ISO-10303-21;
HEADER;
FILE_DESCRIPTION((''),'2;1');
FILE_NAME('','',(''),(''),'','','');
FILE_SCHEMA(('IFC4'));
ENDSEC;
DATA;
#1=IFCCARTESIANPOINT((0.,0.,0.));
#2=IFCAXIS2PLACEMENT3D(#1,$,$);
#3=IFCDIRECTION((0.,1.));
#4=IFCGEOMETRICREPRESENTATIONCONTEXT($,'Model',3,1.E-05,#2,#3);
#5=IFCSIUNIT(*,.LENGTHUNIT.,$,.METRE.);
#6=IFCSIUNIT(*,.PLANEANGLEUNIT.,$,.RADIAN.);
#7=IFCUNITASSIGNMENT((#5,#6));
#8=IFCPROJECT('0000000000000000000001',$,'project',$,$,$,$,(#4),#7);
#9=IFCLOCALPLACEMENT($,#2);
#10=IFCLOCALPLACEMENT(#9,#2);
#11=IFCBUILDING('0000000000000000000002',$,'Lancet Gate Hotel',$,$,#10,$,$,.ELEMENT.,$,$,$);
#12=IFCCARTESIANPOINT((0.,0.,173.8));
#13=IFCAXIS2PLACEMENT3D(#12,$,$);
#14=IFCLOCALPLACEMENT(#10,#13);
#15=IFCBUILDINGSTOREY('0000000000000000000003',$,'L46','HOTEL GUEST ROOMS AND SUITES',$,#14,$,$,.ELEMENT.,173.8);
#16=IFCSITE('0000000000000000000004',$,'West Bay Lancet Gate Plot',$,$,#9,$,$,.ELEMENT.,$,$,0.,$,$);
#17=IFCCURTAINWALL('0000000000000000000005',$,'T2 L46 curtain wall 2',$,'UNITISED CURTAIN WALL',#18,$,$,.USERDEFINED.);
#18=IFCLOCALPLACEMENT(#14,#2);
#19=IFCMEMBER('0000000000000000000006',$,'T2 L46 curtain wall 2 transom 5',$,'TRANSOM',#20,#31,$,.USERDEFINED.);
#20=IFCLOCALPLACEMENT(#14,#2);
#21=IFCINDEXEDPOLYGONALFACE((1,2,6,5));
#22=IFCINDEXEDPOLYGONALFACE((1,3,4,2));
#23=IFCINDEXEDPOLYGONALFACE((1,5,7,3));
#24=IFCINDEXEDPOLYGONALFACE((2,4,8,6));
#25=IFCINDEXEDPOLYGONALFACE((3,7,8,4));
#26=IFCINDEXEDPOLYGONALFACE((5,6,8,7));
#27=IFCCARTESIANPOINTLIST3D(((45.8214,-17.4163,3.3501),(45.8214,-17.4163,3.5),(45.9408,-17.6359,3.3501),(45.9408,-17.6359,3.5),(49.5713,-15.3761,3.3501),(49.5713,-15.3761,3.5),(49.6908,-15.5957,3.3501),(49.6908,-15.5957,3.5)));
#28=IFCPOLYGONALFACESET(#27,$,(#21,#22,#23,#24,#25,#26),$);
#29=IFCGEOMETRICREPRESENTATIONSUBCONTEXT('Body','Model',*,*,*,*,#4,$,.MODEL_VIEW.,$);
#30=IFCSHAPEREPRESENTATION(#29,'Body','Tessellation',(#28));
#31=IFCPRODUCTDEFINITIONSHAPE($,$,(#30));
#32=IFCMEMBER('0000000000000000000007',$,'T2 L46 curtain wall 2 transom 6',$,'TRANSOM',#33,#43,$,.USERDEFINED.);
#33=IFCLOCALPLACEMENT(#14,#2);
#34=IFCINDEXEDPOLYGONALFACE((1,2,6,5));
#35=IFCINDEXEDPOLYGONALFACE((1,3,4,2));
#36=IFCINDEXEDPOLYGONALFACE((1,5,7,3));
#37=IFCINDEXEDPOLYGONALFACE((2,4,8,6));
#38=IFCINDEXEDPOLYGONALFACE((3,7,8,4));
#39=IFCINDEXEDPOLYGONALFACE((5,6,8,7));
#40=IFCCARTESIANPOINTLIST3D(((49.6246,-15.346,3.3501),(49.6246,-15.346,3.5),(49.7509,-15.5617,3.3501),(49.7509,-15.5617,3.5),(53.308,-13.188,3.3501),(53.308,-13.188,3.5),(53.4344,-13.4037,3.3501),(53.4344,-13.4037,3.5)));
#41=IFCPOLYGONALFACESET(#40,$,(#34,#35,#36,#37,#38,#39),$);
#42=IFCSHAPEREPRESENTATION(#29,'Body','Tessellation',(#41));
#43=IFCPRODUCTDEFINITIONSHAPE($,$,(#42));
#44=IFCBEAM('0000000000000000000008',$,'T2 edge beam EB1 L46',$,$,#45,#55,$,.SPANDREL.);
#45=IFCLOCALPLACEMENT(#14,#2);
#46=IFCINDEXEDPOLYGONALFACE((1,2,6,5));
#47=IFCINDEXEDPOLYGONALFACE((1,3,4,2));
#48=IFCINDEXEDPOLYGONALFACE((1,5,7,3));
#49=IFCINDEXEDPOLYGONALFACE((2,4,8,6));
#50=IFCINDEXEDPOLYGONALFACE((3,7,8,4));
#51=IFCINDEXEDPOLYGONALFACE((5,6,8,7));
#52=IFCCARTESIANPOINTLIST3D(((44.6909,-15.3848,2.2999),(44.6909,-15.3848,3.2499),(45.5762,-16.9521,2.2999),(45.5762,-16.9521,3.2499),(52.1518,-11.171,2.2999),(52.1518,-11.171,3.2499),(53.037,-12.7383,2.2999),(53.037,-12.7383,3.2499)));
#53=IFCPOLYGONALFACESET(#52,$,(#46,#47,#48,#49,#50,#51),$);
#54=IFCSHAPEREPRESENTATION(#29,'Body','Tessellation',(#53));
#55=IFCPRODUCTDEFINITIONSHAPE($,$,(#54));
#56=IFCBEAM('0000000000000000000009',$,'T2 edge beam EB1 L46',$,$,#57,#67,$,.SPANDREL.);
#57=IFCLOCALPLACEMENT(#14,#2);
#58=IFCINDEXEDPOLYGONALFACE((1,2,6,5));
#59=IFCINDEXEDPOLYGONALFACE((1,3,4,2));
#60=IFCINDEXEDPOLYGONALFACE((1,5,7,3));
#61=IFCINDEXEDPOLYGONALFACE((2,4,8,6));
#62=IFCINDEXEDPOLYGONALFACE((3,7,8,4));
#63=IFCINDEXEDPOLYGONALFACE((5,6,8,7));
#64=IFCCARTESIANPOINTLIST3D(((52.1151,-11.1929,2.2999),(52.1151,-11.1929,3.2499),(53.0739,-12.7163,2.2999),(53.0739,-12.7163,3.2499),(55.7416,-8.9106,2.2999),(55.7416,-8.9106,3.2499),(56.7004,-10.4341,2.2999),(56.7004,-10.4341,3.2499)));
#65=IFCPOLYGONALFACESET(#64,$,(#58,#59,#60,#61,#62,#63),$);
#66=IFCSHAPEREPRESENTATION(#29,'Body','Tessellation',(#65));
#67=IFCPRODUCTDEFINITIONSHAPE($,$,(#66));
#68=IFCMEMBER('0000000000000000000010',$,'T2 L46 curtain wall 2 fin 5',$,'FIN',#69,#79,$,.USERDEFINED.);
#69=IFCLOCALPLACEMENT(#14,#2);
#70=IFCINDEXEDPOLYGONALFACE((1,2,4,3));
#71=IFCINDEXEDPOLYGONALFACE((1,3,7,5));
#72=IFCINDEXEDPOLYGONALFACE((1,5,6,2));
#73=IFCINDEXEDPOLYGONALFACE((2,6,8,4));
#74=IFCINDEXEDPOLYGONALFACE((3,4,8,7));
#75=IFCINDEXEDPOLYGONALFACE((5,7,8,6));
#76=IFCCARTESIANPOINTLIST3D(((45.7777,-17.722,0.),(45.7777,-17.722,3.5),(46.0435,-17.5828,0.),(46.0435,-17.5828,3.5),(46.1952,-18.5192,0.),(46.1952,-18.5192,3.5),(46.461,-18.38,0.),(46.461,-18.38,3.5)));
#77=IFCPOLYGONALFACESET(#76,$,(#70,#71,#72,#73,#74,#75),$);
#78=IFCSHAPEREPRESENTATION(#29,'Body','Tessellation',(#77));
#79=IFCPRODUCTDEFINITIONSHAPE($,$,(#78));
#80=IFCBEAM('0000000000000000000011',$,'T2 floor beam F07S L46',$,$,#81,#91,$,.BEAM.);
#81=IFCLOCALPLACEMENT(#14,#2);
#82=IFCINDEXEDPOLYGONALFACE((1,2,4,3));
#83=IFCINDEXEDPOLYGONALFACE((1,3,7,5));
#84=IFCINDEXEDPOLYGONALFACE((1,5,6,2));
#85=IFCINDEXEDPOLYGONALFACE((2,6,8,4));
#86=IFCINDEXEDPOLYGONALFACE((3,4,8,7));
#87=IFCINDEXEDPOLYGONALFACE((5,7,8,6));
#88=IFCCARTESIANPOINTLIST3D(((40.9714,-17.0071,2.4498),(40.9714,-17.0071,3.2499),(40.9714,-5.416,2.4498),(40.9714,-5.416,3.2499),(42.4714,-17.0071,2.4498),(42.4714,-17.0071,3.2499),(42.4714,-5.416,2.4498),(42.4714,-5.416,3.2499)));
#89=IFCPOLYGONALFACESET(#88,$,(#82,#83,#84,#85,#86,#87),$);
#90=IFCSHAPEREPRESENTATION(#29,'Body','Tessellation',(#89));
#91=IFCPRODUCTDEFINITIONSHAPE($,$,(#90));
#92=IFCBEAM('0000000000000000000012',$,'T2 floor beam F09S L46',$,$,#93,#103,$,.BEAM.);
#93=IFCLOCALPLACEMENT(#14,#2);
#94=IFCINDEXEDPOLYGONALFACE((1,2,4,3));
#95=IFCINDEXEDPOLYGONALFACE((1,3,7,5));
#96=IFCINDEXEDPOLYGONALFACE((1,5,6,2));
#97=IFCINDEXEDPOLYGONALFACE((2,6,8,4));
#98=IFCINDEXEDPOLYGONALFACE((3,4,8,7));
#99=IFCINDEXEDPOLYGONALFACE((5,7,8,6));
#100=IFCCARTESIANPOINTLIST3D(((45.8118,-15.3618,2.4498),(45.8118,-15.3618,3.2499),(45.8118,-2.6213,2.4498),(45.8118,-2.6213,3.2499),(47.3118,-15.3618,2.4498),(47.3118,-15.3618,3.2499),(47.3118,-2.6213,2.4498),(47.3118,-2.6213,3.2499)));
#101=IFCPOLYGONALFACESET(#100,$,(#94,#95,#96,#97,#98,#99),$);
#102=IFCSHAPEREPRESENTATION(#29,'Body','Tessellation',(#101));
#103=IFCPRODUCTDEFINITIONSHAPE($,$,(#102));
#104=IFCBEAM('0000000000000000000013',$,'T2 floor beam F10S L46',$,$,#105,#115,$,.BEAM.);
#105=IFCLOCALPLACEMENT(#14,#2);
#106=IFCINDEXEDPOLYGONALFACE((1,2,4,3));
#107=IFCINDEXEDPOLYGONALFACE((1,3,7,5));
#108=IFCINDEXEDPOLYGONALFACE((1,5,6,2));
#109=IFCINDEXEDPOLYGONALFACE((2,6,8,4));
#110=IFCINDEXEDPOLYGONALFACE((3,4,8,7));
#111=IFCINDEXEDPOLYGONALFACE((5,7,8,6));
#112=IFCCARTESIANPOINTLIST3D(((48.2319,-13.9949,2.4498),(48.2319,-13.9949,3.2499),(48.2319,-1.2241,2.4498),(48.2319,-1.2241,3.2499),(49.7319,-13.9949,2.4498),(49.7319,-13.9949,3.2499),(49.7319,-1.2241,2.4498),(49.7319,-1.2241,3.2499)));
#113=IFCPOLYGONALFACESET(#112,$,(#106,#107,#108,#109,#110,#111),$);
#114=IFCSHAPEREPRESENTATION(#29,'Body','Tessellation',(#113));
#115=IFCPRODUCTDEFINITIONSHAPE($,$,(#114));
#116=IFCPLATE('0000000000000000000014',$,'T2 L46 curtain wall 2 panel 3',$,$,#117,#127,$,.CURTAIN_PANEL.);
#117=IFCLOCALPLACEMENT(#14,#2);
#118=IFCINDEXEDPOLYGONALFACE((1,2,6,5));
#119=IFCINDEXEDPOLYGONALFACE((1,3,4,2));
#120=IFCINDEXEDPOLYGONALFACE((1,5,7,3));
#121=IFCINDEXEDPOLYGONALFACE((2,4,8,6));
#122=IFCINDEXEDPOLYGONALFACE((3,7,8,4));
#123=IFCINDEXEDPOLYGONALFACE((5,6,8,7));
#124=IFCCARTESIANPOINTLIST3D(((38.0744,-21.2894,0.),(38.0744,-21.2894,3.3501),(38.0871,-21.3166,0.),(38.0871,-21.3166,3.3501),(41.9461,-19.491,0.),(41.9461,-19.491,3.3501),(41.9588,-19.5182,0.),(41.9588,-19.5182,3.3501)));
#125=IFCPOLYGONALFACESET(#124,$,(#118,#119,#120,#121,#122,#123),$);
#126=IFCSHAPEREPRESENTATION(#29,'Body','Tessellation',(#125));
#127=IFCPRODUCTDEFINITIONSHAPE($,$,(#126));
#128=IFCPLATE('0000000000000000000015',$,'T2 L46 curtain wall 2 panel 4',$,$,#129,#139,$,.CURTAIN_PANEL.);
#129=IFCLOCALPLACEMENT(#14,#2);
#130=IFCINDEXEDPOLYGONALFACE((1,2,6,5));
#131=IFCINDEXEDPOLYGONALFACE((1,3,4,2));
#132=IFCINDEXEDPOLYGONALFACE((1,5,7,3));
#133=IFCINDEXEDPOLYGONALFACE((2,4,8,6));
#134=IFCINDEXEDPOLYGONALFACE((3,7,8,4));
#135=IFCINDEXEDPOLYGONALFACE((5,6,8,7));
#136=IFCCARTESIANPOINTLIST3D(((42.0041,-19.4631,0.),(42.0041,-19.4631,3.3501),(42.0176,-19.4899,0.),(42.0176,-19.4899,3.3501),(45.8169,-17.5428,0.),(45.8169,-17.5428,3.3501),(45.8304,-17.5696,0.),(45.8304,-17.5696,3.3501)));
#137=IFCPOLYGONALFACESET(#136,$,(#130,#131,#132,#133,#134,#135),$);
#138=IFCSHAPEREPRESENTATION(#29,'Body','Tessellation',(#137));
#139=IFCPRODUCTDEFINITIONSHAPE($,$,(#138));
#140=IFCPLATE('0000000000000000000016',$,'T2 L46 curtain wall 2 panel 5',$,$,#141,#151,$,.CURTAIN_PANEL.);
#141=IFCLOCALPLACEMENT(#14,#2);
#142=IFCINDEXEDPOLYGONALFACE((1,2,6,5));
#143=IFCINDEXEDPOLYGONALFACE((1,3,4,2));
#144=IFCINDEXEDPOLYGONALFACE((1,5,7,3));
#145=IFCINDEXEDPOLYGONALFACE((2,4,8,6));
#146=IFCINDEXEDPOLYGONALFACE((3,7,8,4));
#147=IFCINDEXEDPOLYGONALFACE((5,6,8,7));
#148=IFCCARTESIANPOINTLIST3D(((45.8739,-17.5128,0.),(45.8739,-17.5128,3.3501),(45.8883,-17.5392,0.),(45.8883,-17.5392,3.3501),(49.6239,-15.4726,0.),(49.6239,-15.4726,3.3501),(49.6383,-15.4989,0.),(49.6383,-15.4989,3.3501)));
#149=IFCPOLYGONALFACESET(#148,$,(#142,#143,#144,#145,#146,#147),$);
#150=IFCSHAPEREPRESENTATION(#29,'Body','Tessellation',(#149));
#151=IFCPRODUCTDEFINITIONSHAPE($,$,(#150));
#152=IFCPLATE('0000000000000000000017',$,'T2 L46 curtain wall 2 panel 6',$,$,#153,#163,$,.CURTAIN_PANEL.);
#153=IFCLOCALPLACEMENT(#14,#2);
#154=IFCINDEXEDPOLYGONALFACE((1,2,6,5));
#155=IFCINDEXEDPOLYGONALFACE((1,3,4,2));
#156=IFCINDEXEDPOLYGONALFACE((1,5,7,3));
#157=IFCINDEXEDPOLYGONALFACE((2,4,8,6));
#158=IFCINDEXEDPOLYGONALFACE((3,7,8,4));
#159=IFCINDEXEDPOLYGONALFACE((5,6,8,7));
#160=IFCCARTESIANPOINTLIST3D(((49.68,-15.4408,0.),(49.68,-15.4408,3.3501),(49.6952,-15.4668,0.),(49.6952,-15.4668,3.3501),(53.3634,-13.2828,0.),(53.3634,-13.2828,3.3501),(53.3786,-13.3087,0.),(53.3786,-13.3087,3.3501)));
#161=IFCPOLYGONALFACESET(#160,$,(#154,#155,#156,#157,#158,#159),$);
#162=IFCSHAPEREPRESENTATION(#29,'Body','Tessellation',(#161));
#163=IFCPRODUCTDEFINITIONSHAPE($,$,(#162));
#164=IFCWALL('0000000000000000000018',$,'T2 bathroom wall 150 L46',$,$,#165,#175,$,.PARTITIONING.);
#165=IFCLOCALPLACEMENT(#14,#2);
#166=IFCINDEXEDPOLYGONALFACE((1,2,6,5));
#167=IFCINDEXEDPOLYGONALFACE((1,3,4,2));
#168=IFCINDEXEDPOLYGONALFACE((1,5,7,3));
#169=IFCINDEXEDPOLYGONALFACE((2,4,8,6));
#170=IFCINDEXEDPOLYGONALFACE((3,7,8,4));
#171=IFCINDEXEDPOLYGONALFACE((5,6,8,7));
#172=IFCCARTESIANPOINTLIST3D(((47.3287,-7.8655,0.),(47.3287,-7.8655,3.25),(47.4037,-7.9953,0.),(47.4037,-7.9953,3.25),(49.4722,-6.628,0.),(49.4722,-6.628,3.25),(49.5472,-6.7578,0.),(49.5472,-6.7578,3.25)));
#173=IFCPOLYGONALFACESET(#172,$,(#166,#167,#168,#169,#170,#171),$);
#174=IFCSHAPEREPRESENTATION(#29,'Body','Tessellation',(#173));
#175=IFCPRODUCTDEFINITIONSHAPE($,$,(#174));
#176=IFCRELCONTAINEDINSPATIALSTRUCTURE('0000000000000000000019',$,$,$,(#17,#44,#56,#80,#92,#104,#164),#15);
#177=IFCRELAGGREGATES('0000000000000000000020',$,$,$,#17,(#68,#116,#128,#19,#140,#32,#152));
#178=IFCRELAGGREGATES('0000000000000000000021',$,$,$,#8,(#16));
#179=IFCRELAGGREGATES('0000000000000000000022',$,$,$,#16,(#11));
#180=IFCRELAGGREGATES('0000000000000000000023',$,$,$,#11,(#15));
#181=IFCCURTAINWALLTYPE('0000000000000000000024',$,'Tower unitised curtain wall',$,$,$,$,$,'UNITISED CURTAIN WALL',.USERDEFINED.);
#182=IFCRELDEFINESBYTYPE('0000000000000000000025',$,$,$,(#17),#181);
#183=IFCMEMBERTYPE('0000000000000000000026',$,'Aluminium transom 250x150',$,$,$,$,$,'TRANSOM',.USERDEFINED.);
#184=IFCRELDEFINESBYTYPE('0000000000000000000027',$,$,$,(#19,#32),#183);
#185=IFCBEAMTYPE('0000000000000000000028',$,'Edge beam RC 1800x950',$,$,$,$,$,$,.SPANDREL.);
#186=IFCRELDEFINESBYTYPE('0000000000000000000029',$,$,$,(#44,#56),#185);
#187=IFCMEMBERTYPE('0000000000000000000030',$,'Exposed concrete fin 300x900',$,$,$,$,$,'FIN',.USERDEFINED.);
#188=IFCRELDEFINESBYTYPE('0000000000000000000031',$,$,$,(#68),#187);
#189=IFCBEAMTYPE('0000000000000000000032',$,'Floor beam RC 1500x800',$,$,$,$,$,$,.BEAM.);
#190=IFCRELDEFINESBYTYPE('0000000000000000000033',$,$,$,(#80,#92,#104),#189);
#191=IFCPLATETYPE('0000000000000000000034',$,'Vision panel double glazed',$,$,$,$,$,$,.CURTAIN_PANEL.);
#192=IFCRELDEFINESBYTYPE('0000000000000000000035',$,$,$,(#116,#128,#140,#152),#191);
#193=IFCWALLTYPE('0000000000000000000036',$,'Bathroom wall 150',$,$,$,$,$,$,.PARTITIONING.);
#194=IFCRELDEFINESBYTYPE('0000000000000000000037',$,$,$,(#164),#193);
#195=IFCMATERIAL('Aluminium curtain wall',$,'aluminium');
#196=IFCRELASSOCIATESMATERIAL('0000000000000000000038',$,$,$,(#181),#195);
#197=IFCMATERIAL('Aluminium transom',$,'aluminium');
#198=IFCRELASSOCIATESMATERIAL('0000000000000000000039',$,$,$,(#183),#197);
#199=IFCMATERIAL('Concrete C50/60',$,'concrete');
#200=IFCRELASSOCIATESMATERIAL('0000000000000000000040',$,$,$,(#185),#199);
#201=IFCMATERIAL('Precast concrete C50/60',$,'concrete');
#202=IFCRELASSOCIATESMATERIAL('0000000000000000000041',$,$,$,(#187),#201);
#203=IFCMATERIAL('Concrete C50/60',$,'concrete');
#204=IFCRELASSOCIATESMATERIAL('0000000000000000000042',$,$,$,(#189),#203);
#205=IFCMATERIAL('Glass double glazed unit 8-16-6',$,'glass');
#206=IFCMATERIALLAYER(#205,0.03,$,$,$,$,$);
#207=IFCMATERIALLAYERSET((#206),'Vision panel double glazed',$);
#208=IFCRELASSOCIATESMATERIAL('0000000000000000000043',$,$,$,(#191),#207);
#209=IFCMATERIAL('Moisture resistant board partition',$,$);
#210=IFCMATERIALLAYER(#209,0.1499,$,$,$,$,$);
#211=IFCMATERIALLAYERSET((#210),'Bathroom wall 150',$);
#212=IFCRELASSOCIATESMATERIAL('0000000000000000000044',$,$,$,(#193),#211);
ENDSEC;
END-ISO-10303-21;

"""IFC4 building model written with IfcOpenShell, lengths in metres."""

from ifc_helpers import new_model, si_unit, direction, frame, frame_2d, origin, origin_2d, place, context, subcontext, project, spatial, rectangle, extrude, material, layer, layer_set, material_profile, profile_set, type_object, element, aggregate, save


model = new_model("IFC4")

# Units and contexts
model_context = context("Model", 3, precision=1e-05, world=origin(), true_north=direction((0.0, 1.0)))
body_context = subcontext(model_context, "Body", "Model", "MODEL_VIEW")
ifc_project = project(units=[si_unit("LENGTHUNIT", "METRE"), si_unit("PLANEANGLEUNIT", "RADIAN")], contexts=[model_context])

# Site, building, storey
site_placement = place(None, origin())
site = spatial("IfcSite", under=ifc_project, at=site_placement, Name="West Bay Lancet Gate Plot", CompositionType="ELEMENT", RefElevation=0.0)
building_placement = place(site_placement, origin())
building = spatial("IfcBuilding", under=site, at=building_placement, Name="Lancet Gate Hotel", CompositionType="ELEMENT")
storey_placement = place(building_placement, frame((0.0, 0.0, 173.8)))
storey = spatial("IfcBuildingStorey", under=building, at=storey_placement, Name="L46", Description="HOTEL GUEST ROOMS AND SUITES", CompositionType="ELEMENT", Elevation=173.8)

# Curtain wall, members
ifc_material_1 = material(Name="Aluminium curtain wall", Category="aluminium")
curtain_wall_type = type_object("IfcCurtainWallType", Name="Tower unitised curtain wall", ElementType="UNITISED CURTAIN WALL", PredefinedType="USERDEFINED", material=ifc_material_1)
curtain_wall_placement = place(storey_placement, origin())
curtain_wall = element("IfcCurtainWall", 1, at=curtain_wall_placement, inside=storey, type_object=curtain_wall_type, Name="T2 L46 curtain wall 2", ObjectType="UNITISED CURTAIN WALL", PredefinedType="USERDEFINED")
ifc_material_2 = material(Name="Aluminium transom", Category="aluminium")
ifc_material_profile_1 = material_profile(ifc_material_2, rectangle(XDim=0.25, YDim=0.1499, at=origin_2d()), Name="TRANSOM 250x150")
ifc_profile_set_1 = profile_set([ifc_material_profile_1], Name="Aluminium transom")
member_type_1 = type_object("IfcMemberType", Name="Aluminium transom 250x150", ElementType="TRANSOM", PredefinedType="USERDEFINED", material=ifc_profile_set_1)
member_1_placement = place(storey_placement, frame((45.8811, -17.5261, 3.425), z_axis=(0.878404, 0.477918, 0.0), x_axis=(-0.477918, 0.878404, 0.0)))
member_1 = element("IfcMember", 2, at=member_1_placement, type_object=member_type_1, Name="T2 L46 curtain wall 2 transom 5", ObjectType="TRANSOM", PredefinedType="USERDEFINED", context=body_context, shape_type="SweptSolid", body=[
    extrude(rectangle(XDim=0.25, YDim=0.1499, at=origin_2d()), origin(), (0.0, 0.0, 1.0), 4.269),
])
member_2_placement = place(storey_placement, frame((49.6877, -15.4539, 3.425), z_axis=(0.862825, 0.505502, 0.0), x_axis=(-0.505502, 0.862825, 0.0)))
member_2 = element("IfcMember", 3, at=member_2_placement, type_object=member_type_1, Name="T2 L46 curtain wall 2 transom 6", ObjectType="TRANSOM", PredefinedType="USERDEFINED", context=body_context, shape_type="SweptSolid", body=[
    extrude(rectangle(XDim=0.25, YDim=0.1499, at=origin_2d()), origin(), (0.0, 0.0, 1.0), 4.269),
])

# Beams
ifc_material_3 = material(Name="Concrete C50/60", Category="concrete")
ifc_material_profile_2 = material_profile(ifc_material_3, rectangle(XDim=1.8, YDim=0.95, at=origin_2d()), Name="RC 1800x950")
ifc_profile_set_2 = profile_set([ifc_material_profile_2], Name="Concrete C50/60")
beam_type_1 = type_object("IfcBeamType", Name="Edge beam RC 1800x950", PredefinedType="SPANDREL", material=ifc_profile_set_2)
beam_1_placement = place(storey_placement, frame((45.1335, -16.1685, 2.7749), z_axis=(0.870722, 0.491776, 0.0), x_axis=(-0.491776, 0.870722, 0.0)))
element("IfcBeam", 4, at=beam_1_placement, inside=storey, type_object=beam_type_1, Name="T2 edge beam EB1 L46", PredefinedType="SPANDREL", context=body_context, shape_type="SweptSolid", body=[
    extrude(rectangle(XDim=1.8, YDim=0.95, at=origin_2d()), origin(), (0.0, 0.0, 1.0), 8.5686),
])
beam_2_placement = place(storey_placement, frame((52.5945, -11.9546, 2.7749), z_axis=(0.846349, 0.532629, 0.0), x_axis=(-0.532629, 0.846349, 0.0)))
element("IfcBeam", 5, at=beam_2_placement, inside=storey, type_object=beam_type_1, Name="T2 edge beam EB1 L46", PredefinedType="SPANDREL", context=body_context, shape_type="SweptSolid", body=[
    extrude(rectangle(XDim=1.8, YDim=0.95, at=origin_2d()), origin(), (0.0, 0.0, 1.0), 4.2849),
])

# Member
ifc_material_4 = material(Name="Precast concrete C50/60", Category="concrete")
ifc_material_profile_3 = material_profile(ifc_material_4, rectangle(XDim=0.3, YDim=0.8999, at=origin_2d()), Name="FIN 300x900")
ifc_profile_set_3 = profile_set([ifc_material_profile_3], Name="Precast concrete C50/60")
member_type_2 = type_object("IfcMemberType", Name="Exposed concrete fin 300x900", ElementType="FIN", PredefinedType="USERDEFINED", material=ifc_profile_set_3)
member_3_placement = place(storey_placement, frame((46.1194, -18.051, 0.0), z_axis=(0.0, 0.0, 1.0), x_axis=(0.885877, 0.46392, 0.0)))
member_3 = element("IfcMember", 6, at=member_3_placement, type_object=member_type_2, Name="T2 L46 curtain wall 2 fin 5", ObjectType="FIN", PredefinedType="USERDEFINED", context=body_context, shape_type="SweptSolid", body=[
    extrude(rectangle(XDim=0.3, YDim=0.8999, at=origin_2d()), origin(), (0.0, 0.0, 1.0), 3.5),
])

# Beams
ifc_material_5 = material(Name="Concrete C50/60", Category="concrete")
ifc_material_profile_4 = material_profile(ifc_material_5, rectangle(XDim=1.5, YDim=0.8, at=origin_2d()), Name="RC 1500x800")
ifc_profile_set_4 = profile_set([ifc_material_profile_4], Name="Concrete C50/60")
beam_type_2 = type_object("IfcBeamType", Name="Floor beam RC 1500x800", PredefinedType="BEAM", material=ifc_profile_set_4)
beam_3_placement = place(storey_placement, frame((41.7214, -17.0071, 2.8499), z_axis=(0.0, 1.0, 0.0), x_axis=(-1.0, 0.0, 0.0)))
element("IfcBeam", 7, at=beam_3_placement, inside=storey, type_object=beam_type_2, Name="T2 floor beam F07S L46", PredefinedType="BEAM", context=body_context, shape_type="SweptSolid", body=[
    extrude(rectangle(XDim=1.5, YDim=0.8, at=origin_2d()), origin(), (0.0, 0.0, 1.0), 11.5911),
])
beam_4_placement = place(storey_placement, frame((46.5618, -15.3618, 2.8499), z_axis=(0.0, 1.0, 0.0), x_axis=(-1.0, 0.0, 0.0)))
element("IfcBeam", 8, at=beam_4_placement, inside=storey, type_object=beam_type_2, Name="T2 floor beam F09S L46", PredefinedType="BEAM", context=body_context, shape_type="SweptSolid", body=[
    extrude(rectangle(XDim=1.5, YDim=0.8, at=origin_2d()), origin(), (0.0, 0.0, 1.0), 12.7405),
])
beam_5_placement = place(storey_placement, frame((48.9819, -13.9949, 2.8499), z_axis=(0.0, 1.0, 0.0), x_axis=(-1.0, 0.0, 0.0)))
element("IfcBeam", 9, at=beam_5_placement, inside=storey, type_object=beam_type_2, Name="T2 floor beam F10S L46", PredefinedType="BEAM", context=body_context, shape_type="SweptSolid", body=[
    extrude(rectangle(XDim=1.5, YDim=0.8, at=origin_2d()), origin(), (0.0, 0.0, 1.0), 12.7708),
])

# Plates
ifc_material_6 = material(Name="Glass double glazed unit 8-16-6", Category="glass")
ifc_layer_1 = layer(ifc_material_6, 0.03)
ifc_layer_set_1 = layer_set([ifc_layer_1], Name="Vision panel double glazed")
plate_type = type_object("IfcPlateType", Name="Vision panel double glazed", PredefinedType="CURTAIN_PANEL", material=ifc_layer_set_1)
plate_1_placement = place(storey_placement, frame((40.0166, -20.4038, 0.0), z_axis=(0.0, 0.0, 1.0), x_axis=(0.906935, 0.421271, 0.0)))
plate_1 = element("IfcPlate", 10, at=plate_1_placement, type_object=plate_type, Name="T2 L46 curtain wall 2 panel 3", PredefinedType="CURTAIN_PANEL", context=body_context, shape_type="SweptSolid", body=[
    extrude(rectangle(XDim=4.269, YDim=0.03, at=origin_2d()), origin(), (0.0, 0.0, 1.0), 3.3501),
])
plate_2_placement = place(storey_placement, frame((43.9172, -18.5164, 0.0), z_axis=(0.0, 0.0, 1.0), x_axis=(0.893121, 0.449816, 0.0)))
plate_2 = element("IfcPlate", 11, at=plate_2_placement, type_object=plate_type, Name="T2 L46 curtain wall 2 panel 4", PredefinedType="CURTAIN_PANEL", context=body_context, shape_type="SweptSolid", body=[
    extrude(rectangle(XDim=4.269, YDim=0.03, at=origin_2d()), origin(), (0.0, 0.0, 1.0), 3.3501),
])
plate_3_placement = place(storey_placement, frame((47.7561, -16.5059, 0.0), z_axis=(0.0, 0.0, 1.0), x_axis=(0.87841, 0.477908, 0.0)))
plate_3 = element("IfcPlate", 12, at=plate_3_placement, type_object=plate_type, Name="T2 L46 curtain wall 2 panel 5", PredefinedType="CURTAIN_PANEL", context=body_context, shape_type="SweptSolid", body=[
    extrude(rectangle(XDim=4.269, YDim=0.03, at=origin_2d()), origin(), (0.0, 0.0, 1.0), 3.3501),
])
plate_4_placement = place(storey_placement, frame((51.5293, -14.3748, 0.0), z_axis=(0.0, 0.0, 1.0), x_axis=(0.862815, 0.50552, 0.0)))
plate_4 = element("IfcPlate", 13, at=plate_4_placement, type_object=plate_type, Name="T2 L46 curtain wall 2 panel 6", PredefinedType="CURTAIN_PANEL", context=body_context, shape_type="SweptSolid", body=[
    extrude(rectangle(XDim=4.269, YDim=0.03, at=origin_2d()), origin(), (0.0, 0.0, 1.0), 3.3501),
])
aggregate(curtain_wall, [member_3, plate_1, plate_2, member_1, plate_3, member_2, plate_4])

# Wall
ifc_material_7 = material(Name="Moisture resistant board partition")
ifc_layer_2 = layer(ifc_material_7, 0.1499)
ifc_layer_set_2 = layer_set([ifc_layer_2], Name="Bathroom wall 150")
wall_type_1 = type_object("IfcWallType", Name="Bathroom wall 150", PredefinedType="PARTITIONING", material=ifc_layer_set_2)
wall_1_placement = place(storey_placement, frame((47.3662, -7.9304, 0.0), z_axis=(0.0, 0.0, 1.0), x_axis=(0.866031, 0.49999, 0.0)))
element("IfcWall", 14, at=wall_1_placement, inside=storey, type_object=wall_type_1, Name="T2 bathroom wall 150 L46", PredefinedType="PARTITIONING", context=body_context, shape_type="SweptSolid", body=[
    extrude(rectangle(XDim=2.4751, YDim=0.1499, at=frame_2d((1.2375, 0.0))), origin(), (0.0, 0.0, 1.0), 3.25),
])

save(model, "model.ifc")
